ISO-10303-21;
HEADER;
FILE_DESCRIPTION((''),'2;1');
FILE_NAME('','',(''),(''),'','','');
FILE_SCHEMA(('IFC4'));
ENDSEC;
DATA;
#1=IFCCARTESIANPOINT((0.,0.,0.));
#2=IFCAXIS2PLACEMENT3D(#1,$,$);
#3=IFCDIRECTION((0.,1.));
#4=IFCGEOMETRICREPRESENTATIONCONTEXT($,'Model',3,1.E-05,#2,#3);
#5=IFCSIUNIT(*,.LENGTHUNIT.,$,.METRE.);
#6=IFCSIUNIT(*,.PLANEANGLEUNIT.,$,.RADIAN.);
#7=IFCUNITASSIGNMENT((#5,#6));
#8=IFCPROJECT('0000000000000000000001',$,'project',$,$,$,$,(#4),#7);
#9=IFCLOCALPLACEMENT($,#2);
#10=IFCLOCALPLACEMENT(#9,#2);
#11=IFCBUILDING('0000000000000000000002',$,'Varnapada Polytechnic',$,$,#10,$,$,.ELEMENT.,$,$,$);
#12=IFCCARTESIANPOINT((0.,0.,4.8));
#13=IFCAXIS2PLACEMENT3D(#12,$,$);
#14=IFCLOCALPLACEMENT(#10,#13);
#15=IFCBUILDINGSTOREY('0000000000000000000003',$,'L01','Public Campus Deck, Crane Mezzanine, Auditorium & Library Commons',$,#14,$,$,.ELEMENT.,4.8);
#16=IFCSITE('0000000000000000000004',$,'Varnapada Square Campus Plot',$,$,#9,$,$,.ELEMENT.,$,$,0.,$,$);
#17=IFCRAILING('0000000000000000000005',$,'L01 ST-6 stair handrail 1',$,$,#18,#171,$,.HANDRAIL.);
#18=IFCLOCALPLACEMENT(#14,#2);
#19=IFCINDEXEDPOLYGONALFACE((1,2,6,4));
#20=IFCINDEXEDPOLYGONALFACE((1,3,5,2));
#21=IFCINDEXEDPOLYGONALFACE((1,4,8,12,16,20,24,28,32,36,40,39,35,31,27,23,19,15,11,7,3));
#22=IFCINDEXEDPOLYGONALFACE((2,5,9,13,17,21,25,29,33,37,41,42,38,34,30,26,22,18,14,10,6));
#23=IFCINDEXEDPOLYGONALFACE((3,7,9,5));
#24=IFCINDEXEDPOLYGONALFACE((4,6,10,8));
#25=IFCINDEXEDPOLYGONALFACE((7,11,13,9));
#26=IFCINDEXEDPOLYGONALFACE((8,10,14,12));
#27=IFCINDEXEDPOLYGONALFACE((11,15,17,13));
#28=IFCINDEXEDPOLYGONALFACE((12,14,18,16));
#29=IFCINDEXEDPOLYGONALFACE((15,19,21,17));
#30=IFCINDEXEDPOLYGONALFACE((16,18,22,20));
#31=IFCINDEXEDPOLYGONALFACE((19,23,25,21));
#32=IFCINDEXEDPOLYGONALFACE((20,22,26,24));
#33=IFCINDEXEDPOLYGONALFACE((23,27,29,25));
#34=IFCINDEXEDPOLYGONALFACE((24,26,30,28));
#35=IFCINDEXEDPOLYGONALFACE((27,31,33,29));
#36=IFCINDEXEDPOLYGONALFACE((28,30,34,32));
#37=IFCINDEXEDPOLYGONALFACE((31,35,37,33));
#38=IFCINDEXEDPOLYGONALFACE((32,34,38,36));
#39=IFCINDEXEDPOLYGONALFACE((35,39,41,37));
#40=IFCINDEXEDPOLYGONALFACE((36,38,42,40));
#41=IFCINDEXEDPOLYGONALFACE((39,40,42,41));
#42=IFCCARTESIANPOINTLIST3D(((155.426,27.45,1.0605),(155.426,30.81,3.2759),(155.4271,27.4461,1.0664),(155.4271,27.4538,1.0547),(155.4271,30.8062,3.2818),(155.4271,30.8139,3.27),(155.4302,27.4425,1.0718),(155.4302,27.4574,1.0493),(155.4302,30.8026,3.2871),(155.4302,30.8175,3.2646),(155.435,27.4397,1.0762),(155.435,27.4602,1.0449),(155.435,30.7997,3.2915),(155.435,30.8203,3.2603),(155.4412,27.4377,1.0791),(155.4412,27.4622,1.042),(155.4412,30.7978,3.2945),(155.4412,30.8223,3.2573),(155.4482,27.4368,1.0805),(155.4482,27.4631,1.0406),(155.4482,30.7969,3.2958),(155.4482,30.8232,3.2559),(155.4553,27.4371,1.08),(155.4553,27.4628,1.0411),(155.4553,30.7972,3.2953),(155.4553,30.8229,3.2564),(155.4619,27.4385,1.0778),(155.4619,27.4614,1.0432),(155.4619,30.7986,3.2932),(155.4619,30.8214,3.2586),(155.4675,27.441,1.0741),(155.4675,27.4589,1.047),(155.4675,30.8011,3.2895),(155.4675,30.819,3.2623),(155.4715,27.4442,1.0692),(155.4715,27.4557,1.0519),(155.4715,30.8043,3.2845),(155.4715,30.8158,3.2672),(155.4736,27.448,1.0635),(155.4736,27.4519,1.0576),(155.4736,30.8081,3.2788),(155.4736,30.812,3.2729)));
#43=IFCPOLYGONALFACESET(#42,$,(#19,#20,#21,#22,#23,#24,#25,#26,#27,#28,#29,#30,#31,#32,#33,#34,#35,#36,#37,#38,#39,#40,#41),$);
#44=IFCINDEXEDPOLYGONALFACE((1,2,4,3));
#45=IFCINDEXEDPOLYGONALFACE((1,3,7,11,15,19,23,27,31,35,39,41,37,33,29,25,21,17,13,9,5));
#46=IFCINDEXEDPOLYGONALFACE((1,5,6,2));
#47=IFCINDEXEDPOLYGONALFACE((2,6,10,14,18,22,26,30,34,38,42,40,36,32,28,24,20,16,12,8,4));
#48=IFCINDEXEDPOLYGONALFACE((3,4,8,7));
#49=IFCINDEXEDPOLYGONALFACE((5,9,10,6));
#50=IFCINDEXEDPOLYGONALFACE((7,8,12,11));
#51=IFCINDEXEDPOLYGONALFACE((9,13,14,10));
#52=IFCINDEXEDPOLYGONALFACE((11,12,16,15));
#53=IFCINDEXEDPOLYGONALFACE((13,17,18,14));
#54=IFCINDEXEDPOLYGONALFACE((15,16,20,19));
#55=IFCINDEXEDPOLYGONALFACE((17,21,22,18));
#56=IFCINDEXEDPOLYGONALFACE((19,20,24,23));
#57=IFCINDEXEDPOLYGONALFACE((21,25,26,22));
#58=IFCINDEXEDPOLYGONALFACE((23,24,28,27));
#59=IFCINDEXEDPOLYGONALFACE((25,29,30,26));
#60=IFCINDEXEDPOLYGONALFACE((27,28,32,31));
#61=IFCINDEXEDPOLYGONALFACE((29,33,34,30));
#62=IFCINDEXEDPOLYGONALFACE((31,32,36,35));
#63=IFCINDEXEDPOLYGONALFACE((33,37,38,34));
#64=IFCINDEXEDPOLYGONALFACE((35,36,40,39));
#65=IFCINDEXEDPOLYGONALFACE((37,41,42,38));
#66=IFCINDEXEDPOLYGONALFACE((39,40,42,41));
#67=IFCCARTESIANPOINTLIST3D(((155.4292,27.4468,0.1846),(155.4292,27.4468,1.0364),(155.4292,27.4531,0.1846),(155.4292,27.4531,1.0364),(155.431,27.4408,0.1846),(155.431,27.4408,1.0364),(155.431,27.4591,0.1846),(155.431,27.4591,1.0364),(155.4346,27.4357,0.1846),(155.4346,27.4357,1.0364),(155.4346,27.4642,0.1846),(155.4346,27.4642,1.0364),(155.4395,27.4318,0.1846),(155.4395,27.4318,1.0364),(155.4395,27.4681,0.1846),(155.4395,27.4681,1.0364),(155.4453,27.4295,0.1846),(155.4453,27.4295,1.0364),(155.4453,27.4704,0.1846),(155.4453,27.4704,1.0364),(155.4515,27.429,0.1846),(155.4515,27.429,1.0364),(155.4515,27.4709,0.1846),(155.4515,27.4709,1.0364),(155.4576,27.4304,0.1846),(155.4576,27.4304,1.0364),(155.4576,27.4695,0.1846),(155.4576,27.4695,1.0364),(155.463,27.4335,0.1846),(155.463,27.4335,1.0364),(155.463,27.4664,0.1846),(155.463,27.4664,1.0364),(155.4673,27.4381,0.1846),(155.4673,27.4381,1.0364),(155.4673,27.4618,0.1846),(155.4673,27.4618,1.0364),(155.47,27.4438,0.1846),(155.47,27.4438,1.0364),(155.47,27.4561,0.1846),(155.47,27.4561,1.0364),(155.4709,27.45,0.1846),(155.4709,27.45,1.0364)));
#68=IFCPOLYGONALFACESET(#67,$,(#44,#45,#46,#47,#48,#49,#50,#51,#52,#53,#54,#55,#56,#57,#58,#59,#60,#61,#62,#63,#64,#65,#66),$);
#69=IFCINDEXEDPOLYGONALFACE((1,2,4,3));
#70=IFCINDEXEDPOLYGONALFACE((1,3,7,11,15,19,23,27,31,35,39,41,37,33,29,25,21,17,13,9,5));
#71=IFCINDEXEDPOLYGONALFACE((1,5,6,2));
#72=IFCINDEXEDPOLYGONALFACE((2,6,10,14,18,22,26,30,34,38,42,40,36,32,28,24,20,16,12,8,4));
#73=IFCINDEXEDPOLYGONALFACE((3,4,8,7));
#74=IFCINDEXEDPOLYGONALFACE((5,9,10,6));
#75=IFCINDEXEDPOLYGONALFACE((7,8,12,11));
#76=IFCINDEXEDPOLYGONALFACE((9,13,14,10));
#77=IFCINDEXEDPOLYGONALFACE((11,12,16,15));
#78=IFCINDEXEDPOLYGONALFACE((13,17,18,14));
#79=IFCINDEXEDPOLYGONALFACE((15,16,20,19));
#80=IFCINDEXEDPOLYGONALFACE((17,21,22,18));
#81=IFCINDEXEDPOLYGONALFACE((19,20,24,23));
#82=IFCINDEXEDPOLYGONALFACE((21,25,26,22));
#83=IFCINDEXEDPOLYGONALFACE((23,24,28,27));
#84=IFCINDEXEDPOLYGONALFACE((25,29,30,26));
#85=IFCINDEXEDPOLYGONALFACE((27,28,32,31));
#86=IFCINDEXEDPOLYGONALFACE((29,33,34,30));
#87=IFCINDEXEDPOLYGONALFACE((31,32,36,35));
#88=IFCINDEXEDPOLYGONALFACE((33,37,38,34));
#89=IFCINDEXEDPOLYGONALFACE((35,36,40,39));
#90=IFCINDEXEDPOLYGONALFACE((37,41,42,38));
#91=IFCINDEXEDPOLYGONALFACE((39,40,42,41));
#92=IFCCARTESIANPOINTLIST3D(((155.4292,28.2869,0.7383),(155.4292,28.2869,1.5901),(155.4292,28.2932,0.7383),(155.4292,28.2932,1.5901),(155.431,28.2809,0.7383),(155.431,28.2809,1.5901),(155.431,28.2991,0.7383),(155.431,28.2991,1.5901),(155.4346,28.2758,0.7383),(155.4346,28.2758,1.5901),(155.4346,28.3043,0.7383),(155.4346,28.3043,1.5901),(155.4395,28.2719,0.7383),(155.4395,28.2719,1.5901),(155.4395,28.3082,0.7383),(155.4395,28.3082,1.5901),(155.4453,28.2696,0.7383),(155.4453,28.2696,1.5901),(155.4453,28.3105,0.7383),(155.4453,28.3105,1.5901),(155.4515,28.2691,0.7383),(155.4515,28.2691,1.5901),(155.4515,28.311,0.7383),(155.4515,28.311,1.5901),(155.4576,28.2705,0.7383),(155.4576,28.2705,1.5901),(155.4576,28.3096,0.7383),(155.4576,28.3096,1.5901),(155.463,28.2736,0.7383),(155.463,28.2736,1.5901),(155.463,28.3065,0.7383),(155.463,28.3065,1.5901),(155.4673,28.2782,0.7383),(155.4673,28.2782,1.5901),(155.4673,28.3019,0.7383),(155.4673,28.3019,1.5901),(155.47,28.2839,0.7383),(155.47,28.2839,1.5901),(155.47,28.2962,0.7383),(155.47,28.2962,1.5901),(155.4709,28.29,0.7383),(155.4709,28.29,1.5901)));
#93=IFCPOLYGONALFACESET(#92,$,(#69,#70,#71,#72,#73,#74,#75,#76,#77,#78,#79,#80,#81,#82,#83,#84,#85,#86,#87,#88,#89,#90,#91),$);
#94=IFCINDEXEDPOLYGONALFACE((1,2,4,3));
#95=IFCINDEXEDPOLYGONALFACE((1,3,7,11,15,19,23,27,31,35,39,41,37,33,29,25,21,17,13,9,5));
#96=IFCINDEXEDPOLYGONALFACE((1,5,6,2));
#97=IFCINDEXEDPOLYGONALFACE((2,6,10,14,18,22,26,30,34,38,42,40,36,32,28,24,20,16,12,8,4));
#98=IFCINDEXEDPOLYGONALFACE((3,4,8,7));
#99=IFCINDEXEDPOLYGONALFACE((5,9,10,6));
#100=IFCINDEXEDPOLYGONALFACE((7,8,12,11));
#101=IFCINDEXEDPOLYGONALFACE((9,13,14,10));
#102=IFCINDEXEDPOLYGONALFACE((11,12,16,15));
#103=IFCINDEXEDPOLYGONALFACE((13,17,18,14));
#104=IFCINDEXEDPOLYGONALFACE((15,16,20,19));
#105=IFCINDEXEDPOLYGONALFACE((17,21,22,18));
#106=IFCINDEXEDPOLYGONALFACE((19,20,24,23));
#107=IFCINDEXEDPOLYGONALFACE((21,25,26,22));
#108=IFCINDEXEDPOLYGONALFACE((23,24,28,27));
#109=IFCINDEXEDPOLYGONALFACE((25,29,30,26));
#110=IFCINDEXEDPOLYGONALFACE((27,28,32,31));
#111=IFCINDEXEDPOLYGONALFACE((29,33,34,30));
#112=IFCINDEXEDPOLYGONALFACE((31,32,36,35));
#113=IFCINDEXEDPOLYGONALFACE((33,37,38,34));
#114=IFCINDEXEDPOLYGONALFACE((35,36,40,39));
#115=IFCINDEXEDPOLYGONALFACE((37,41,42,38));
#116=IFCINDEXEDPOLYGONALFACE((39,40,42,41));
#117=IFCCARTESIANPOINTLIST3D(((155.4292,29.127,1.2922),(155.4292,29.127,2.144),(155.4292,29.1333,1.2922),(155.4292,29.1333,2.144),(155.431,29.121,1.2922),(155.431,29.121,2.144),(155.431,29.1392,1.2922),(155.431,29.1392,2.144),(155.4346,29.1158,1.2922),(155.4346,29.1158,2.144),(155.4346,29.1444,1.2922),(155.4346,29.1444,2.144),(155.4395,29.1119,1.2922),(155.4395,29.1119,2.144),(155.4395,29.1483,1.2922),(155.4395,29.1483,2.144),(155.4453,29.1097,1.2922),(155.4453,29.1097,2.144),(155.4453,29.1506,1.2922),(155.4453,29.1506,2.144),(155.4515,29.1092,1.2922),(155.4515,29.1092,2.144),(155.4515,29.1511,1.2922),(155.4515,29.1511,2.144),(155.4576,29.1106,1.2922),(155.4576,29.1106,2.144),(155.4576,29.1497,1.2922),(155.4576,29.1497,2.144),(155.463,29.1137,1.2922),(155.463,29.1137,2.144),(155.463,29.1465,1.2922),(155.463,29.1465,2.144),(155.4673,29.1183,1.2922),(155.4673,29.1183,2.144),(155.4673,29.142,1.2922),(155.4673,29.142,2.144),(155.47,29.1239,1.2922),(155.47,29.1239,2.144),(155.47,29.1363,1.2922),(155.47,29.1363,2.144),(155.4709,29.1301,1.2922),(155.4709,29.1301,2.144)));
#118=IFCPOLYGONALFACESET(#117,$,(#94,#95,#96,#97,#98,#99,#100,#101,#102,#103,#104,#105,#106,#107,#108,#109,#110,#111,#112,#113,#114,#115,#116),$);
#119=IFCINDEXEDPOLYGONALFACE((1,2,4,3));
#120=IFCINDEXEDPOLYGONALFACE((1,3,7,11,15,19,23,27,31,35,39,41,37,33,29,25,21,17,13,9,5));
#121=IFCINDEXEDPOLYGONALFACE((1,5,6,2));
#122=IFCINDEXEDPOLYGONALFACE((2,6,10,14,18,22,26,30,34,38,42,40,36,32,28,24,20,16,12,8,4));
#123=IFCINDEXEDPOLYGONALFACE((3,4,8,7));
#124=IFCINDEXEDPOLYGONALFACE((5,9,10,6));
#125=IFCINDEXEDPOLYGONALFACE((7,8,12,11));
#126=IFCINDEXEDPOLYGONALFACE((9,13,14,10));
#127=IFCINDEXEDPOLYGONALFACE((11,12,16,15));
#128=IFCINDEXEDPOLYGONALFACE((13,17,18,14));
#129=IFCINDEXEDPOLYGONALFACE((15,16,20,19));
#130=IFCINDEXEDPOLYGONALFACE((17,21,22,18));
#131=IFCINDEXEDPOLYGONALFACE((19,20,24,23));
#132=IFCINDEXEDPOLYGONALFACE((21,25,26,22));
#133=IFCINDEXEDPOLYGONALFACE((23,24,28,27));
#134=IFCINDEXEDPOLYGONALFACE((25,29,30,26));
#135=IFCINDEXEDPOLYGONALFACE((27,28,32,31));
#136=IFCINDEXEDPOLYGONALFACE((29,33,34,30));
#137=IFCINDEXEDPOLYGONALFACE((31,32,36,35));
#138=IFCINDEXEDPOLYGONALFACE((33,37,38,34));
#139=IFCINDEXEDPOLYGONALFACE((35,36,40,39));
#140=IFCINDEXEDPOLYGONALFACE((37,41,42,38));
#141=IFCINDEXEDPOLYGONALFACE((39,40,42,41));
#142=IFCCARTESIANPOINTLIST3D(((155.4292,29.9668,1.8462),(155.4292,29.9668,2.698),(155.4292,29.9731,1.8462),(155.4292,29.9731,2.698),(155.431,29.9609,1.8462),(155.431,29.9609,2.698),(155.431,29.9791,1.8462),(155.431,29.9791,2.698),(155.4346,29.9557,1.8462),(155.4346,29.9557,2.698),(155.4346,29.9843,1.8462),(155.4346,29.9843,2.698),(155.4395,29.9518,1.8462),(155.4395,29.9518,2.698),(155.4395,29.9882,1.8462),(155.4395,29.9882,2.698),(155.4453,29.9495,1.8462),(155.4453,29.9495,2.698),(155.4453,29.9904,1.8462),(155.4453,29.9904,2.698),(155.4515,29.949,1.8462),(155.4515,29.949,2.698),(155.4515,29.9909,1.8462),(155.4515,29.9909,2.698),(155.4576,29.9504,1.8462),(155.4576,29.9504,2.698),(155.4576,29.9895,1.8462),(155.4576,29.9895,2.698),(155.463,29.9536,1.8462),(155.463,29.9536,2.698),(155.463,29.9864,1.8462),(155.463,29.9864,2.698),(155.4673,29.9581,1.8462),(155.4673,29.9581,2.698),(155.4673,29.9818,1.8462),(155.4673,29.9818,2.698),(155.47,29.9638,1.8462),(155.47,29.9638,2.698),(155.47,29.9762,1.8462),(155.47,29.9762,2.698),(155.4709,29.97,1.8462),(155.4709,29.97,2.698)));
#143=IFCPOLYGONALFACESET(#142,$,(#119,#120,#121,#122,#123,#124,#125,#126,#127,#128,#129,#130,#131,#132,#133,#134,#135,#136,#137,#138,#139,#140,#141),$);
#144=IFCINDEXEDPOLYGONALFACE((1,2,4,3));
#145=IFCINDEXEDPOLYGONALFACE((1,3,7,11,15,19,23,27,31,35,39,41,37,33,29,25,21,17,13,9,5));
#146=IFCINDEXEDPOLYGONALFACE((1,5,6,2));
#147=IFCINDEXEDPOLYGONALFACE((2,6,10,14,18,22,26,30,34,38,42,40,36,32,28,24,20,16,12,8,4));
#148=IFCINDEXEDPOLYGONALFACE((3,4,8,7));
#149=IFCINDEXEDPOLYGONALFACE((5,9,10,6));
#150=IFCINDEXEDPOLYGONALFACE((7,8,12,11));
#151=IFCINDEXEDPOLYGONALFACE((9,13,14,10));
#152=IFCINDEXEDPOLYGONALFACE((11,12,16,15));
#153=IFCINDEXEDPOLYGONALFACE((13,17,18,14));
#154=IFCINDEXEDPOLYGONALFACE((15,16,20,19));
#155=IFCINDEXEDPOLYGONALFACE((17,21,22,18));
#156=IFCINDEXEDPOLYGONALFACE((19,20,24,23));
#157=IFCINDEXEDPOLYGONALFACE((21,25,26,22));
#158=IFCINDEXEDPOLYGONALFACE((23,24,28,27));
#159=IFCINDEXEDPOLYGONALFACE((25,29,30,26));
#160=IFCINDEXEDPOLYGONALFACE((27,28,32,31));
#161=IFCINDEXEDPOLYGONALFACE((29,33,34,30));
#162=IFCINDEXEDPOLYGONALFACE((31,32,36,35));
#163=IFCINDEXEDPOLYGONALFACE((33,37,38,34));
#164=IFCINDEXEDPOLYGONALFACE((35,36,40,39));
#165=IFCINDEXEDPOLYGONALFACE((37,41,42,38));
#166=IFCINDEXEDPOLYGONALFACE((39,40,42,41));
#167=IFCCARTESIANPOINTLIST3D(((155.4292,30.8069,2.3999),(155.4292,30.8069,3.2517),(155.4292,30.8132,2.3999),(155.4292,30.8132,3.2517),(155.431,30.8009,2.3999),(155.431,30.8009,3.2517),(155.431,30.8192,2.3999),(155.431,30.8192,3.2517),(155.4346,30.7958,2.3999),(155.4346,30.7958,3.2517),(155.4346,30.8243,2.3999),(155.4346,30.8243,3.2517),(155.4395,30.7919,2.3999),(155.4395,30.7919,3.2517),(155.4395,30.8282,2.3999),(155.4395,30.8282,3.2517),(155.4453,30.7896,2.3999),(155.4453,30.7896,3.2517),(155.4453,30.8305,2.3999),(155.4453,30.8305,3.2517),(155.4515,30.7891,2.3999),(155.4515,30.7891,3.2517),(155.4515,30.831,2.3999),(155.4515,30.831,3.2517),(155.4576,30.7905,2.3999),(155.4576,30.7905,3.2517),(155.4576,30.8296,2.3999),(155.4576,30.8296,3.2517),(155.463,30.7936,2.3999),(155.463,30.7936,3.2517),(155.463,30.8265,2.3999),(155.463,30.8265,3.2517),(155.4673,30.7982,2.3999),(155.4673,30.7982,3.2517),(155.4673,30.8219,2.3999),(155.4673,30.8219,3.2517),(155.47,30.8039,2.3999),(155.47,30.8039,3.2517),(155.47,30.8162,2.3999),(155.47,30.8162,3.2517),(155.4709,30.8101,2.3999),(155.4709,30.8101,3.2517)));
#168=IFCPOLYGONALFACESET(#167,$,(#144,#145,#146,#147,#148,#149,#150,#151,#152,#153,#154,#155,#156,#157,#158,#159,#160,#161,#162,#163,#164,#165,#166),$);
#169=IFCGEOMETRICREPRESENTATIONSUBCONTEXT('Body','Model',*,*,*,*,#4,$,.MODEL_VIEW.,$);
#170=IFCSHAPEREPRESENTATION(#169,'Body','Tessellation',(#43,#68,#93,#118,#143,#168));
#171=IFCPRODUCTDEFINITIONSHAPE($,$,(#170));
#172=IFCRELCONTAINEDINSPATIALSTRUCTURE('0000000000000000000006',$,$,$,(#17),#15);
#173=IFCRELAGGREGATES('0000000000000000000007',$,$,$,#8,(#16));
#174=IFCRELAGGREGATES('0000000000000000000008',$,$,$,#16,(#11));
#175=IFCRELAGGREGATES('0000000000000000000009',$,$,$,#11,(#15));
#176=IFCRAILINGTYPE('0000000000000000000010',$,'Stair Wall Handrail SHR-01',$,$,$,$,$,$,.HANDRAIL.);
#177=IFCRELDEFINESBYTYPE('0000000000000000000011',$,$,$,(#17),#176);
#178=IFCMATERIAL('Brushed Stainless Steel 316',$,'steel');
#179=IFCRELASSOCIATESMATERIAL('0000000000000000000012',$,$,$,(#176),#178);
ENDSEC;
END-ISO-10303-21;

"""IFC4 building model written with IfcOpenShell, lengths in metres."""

from ifc_helpers import new_model, si_unit, direction, frame, origin, origin_2d, place, context, subcontext, project, spatial, circle, extrude, material, type_object, element, save


model = new_model("IFC4")

# Units and contexts
model_context = context("Model", 3, precision=1e-05, world=origin(), true_north=direction((0.0, 1.0)))
body_context = subcontext(model_context, "Body", "Model", "MODEL_VIEW")
ifc_project = project(units=[si_unit("LENGTHUNIT", "METRE"), si_unit("PLANEANGLEUNIT", "RADIAN")], contexts=[model_context])

# Site, building, storey
site_placement = place(None, origin())
site = spatial("IfcSite", under=ifc_project, at=site_placement, Name="Varnapada Square Campus Plot", CompositionType="ELEMENT", RefElevation=0.0)
building_placement = place(site_placement, origin())
building = spatial("IfcBuilding", under=site, at=building_placement, Name="Varnapada Polytechnic", CompositionType="ELEMENT")
storey_placement = place(building_placement, frame((0.0, 0.0, 4.8)))
storey = spatial("IfcBuildingStorey", under=building, at=storey_placement, Name="L01", Description="Public Campus Deck, Crane Mezzanine, Auditorium & Library Commons", CompositionType="ELEMENT", Elevation=4.8)

# Shared definitions
ifc_material_1 = material(Name="Brushed Stainless Steel 316", Category="steel")

# Railing
railing_type_1 = type_object("IfcRailingType", Name="Stair Wall Handrail SHR-01", PredefinedType="HANDRAIL", material=ifc_material_1)
railing_1_placement = place(storey_placement, frame((155.45, 27.45, 0.1846)))
element("IfcRailing", 1, at=railing_1_placement, inside=storey, type_object=railing_type_1, Name="L01 ST-6 stair handrail 1", PredefinedType="HANDRAIL", context=body_context, shape_type="SweptSolid", body=[
    extrude(circle(Radius=0.0239, at=origin_2d()), frame((0.0, 0.0, 0.876), z_axis=(0.0, 0.834876, 0.550437), x_axis=(-1.0, 0.0, 0.0)), (0.0, 0.0, 1.0), 4.0247),
    extrude(circle(Radius=0.021, at=origin_2d()), origin(), (0.0, 0.0, 1.0), 0.8518),
    extrude(circle(Radius=0.021, at=origin_2d()), frame((0.0, 0.8401, 0.5537)), (0.0, 0.0, 1.0), 0.8518),
    extrude(circle(Radius=0.021, at=origin_2d()), frame((0.0, 1.6802, 1.1077)), (0.0, 0.0, 1.0), 0.8518),
    extrude(circle(Radius=0.021, at=origin_2d()), frame((0.0, 2.52, 1.6616)), (0.0, 0.0, 1.0), 0.8518),
    extrude(circle(Radius=0.021, at=origin_2d()), frame((0.0, 3.3601, 2.2153)), (0.0, 0.0, 1.0), 0.8518),
])

save(model, "model.ifc")
